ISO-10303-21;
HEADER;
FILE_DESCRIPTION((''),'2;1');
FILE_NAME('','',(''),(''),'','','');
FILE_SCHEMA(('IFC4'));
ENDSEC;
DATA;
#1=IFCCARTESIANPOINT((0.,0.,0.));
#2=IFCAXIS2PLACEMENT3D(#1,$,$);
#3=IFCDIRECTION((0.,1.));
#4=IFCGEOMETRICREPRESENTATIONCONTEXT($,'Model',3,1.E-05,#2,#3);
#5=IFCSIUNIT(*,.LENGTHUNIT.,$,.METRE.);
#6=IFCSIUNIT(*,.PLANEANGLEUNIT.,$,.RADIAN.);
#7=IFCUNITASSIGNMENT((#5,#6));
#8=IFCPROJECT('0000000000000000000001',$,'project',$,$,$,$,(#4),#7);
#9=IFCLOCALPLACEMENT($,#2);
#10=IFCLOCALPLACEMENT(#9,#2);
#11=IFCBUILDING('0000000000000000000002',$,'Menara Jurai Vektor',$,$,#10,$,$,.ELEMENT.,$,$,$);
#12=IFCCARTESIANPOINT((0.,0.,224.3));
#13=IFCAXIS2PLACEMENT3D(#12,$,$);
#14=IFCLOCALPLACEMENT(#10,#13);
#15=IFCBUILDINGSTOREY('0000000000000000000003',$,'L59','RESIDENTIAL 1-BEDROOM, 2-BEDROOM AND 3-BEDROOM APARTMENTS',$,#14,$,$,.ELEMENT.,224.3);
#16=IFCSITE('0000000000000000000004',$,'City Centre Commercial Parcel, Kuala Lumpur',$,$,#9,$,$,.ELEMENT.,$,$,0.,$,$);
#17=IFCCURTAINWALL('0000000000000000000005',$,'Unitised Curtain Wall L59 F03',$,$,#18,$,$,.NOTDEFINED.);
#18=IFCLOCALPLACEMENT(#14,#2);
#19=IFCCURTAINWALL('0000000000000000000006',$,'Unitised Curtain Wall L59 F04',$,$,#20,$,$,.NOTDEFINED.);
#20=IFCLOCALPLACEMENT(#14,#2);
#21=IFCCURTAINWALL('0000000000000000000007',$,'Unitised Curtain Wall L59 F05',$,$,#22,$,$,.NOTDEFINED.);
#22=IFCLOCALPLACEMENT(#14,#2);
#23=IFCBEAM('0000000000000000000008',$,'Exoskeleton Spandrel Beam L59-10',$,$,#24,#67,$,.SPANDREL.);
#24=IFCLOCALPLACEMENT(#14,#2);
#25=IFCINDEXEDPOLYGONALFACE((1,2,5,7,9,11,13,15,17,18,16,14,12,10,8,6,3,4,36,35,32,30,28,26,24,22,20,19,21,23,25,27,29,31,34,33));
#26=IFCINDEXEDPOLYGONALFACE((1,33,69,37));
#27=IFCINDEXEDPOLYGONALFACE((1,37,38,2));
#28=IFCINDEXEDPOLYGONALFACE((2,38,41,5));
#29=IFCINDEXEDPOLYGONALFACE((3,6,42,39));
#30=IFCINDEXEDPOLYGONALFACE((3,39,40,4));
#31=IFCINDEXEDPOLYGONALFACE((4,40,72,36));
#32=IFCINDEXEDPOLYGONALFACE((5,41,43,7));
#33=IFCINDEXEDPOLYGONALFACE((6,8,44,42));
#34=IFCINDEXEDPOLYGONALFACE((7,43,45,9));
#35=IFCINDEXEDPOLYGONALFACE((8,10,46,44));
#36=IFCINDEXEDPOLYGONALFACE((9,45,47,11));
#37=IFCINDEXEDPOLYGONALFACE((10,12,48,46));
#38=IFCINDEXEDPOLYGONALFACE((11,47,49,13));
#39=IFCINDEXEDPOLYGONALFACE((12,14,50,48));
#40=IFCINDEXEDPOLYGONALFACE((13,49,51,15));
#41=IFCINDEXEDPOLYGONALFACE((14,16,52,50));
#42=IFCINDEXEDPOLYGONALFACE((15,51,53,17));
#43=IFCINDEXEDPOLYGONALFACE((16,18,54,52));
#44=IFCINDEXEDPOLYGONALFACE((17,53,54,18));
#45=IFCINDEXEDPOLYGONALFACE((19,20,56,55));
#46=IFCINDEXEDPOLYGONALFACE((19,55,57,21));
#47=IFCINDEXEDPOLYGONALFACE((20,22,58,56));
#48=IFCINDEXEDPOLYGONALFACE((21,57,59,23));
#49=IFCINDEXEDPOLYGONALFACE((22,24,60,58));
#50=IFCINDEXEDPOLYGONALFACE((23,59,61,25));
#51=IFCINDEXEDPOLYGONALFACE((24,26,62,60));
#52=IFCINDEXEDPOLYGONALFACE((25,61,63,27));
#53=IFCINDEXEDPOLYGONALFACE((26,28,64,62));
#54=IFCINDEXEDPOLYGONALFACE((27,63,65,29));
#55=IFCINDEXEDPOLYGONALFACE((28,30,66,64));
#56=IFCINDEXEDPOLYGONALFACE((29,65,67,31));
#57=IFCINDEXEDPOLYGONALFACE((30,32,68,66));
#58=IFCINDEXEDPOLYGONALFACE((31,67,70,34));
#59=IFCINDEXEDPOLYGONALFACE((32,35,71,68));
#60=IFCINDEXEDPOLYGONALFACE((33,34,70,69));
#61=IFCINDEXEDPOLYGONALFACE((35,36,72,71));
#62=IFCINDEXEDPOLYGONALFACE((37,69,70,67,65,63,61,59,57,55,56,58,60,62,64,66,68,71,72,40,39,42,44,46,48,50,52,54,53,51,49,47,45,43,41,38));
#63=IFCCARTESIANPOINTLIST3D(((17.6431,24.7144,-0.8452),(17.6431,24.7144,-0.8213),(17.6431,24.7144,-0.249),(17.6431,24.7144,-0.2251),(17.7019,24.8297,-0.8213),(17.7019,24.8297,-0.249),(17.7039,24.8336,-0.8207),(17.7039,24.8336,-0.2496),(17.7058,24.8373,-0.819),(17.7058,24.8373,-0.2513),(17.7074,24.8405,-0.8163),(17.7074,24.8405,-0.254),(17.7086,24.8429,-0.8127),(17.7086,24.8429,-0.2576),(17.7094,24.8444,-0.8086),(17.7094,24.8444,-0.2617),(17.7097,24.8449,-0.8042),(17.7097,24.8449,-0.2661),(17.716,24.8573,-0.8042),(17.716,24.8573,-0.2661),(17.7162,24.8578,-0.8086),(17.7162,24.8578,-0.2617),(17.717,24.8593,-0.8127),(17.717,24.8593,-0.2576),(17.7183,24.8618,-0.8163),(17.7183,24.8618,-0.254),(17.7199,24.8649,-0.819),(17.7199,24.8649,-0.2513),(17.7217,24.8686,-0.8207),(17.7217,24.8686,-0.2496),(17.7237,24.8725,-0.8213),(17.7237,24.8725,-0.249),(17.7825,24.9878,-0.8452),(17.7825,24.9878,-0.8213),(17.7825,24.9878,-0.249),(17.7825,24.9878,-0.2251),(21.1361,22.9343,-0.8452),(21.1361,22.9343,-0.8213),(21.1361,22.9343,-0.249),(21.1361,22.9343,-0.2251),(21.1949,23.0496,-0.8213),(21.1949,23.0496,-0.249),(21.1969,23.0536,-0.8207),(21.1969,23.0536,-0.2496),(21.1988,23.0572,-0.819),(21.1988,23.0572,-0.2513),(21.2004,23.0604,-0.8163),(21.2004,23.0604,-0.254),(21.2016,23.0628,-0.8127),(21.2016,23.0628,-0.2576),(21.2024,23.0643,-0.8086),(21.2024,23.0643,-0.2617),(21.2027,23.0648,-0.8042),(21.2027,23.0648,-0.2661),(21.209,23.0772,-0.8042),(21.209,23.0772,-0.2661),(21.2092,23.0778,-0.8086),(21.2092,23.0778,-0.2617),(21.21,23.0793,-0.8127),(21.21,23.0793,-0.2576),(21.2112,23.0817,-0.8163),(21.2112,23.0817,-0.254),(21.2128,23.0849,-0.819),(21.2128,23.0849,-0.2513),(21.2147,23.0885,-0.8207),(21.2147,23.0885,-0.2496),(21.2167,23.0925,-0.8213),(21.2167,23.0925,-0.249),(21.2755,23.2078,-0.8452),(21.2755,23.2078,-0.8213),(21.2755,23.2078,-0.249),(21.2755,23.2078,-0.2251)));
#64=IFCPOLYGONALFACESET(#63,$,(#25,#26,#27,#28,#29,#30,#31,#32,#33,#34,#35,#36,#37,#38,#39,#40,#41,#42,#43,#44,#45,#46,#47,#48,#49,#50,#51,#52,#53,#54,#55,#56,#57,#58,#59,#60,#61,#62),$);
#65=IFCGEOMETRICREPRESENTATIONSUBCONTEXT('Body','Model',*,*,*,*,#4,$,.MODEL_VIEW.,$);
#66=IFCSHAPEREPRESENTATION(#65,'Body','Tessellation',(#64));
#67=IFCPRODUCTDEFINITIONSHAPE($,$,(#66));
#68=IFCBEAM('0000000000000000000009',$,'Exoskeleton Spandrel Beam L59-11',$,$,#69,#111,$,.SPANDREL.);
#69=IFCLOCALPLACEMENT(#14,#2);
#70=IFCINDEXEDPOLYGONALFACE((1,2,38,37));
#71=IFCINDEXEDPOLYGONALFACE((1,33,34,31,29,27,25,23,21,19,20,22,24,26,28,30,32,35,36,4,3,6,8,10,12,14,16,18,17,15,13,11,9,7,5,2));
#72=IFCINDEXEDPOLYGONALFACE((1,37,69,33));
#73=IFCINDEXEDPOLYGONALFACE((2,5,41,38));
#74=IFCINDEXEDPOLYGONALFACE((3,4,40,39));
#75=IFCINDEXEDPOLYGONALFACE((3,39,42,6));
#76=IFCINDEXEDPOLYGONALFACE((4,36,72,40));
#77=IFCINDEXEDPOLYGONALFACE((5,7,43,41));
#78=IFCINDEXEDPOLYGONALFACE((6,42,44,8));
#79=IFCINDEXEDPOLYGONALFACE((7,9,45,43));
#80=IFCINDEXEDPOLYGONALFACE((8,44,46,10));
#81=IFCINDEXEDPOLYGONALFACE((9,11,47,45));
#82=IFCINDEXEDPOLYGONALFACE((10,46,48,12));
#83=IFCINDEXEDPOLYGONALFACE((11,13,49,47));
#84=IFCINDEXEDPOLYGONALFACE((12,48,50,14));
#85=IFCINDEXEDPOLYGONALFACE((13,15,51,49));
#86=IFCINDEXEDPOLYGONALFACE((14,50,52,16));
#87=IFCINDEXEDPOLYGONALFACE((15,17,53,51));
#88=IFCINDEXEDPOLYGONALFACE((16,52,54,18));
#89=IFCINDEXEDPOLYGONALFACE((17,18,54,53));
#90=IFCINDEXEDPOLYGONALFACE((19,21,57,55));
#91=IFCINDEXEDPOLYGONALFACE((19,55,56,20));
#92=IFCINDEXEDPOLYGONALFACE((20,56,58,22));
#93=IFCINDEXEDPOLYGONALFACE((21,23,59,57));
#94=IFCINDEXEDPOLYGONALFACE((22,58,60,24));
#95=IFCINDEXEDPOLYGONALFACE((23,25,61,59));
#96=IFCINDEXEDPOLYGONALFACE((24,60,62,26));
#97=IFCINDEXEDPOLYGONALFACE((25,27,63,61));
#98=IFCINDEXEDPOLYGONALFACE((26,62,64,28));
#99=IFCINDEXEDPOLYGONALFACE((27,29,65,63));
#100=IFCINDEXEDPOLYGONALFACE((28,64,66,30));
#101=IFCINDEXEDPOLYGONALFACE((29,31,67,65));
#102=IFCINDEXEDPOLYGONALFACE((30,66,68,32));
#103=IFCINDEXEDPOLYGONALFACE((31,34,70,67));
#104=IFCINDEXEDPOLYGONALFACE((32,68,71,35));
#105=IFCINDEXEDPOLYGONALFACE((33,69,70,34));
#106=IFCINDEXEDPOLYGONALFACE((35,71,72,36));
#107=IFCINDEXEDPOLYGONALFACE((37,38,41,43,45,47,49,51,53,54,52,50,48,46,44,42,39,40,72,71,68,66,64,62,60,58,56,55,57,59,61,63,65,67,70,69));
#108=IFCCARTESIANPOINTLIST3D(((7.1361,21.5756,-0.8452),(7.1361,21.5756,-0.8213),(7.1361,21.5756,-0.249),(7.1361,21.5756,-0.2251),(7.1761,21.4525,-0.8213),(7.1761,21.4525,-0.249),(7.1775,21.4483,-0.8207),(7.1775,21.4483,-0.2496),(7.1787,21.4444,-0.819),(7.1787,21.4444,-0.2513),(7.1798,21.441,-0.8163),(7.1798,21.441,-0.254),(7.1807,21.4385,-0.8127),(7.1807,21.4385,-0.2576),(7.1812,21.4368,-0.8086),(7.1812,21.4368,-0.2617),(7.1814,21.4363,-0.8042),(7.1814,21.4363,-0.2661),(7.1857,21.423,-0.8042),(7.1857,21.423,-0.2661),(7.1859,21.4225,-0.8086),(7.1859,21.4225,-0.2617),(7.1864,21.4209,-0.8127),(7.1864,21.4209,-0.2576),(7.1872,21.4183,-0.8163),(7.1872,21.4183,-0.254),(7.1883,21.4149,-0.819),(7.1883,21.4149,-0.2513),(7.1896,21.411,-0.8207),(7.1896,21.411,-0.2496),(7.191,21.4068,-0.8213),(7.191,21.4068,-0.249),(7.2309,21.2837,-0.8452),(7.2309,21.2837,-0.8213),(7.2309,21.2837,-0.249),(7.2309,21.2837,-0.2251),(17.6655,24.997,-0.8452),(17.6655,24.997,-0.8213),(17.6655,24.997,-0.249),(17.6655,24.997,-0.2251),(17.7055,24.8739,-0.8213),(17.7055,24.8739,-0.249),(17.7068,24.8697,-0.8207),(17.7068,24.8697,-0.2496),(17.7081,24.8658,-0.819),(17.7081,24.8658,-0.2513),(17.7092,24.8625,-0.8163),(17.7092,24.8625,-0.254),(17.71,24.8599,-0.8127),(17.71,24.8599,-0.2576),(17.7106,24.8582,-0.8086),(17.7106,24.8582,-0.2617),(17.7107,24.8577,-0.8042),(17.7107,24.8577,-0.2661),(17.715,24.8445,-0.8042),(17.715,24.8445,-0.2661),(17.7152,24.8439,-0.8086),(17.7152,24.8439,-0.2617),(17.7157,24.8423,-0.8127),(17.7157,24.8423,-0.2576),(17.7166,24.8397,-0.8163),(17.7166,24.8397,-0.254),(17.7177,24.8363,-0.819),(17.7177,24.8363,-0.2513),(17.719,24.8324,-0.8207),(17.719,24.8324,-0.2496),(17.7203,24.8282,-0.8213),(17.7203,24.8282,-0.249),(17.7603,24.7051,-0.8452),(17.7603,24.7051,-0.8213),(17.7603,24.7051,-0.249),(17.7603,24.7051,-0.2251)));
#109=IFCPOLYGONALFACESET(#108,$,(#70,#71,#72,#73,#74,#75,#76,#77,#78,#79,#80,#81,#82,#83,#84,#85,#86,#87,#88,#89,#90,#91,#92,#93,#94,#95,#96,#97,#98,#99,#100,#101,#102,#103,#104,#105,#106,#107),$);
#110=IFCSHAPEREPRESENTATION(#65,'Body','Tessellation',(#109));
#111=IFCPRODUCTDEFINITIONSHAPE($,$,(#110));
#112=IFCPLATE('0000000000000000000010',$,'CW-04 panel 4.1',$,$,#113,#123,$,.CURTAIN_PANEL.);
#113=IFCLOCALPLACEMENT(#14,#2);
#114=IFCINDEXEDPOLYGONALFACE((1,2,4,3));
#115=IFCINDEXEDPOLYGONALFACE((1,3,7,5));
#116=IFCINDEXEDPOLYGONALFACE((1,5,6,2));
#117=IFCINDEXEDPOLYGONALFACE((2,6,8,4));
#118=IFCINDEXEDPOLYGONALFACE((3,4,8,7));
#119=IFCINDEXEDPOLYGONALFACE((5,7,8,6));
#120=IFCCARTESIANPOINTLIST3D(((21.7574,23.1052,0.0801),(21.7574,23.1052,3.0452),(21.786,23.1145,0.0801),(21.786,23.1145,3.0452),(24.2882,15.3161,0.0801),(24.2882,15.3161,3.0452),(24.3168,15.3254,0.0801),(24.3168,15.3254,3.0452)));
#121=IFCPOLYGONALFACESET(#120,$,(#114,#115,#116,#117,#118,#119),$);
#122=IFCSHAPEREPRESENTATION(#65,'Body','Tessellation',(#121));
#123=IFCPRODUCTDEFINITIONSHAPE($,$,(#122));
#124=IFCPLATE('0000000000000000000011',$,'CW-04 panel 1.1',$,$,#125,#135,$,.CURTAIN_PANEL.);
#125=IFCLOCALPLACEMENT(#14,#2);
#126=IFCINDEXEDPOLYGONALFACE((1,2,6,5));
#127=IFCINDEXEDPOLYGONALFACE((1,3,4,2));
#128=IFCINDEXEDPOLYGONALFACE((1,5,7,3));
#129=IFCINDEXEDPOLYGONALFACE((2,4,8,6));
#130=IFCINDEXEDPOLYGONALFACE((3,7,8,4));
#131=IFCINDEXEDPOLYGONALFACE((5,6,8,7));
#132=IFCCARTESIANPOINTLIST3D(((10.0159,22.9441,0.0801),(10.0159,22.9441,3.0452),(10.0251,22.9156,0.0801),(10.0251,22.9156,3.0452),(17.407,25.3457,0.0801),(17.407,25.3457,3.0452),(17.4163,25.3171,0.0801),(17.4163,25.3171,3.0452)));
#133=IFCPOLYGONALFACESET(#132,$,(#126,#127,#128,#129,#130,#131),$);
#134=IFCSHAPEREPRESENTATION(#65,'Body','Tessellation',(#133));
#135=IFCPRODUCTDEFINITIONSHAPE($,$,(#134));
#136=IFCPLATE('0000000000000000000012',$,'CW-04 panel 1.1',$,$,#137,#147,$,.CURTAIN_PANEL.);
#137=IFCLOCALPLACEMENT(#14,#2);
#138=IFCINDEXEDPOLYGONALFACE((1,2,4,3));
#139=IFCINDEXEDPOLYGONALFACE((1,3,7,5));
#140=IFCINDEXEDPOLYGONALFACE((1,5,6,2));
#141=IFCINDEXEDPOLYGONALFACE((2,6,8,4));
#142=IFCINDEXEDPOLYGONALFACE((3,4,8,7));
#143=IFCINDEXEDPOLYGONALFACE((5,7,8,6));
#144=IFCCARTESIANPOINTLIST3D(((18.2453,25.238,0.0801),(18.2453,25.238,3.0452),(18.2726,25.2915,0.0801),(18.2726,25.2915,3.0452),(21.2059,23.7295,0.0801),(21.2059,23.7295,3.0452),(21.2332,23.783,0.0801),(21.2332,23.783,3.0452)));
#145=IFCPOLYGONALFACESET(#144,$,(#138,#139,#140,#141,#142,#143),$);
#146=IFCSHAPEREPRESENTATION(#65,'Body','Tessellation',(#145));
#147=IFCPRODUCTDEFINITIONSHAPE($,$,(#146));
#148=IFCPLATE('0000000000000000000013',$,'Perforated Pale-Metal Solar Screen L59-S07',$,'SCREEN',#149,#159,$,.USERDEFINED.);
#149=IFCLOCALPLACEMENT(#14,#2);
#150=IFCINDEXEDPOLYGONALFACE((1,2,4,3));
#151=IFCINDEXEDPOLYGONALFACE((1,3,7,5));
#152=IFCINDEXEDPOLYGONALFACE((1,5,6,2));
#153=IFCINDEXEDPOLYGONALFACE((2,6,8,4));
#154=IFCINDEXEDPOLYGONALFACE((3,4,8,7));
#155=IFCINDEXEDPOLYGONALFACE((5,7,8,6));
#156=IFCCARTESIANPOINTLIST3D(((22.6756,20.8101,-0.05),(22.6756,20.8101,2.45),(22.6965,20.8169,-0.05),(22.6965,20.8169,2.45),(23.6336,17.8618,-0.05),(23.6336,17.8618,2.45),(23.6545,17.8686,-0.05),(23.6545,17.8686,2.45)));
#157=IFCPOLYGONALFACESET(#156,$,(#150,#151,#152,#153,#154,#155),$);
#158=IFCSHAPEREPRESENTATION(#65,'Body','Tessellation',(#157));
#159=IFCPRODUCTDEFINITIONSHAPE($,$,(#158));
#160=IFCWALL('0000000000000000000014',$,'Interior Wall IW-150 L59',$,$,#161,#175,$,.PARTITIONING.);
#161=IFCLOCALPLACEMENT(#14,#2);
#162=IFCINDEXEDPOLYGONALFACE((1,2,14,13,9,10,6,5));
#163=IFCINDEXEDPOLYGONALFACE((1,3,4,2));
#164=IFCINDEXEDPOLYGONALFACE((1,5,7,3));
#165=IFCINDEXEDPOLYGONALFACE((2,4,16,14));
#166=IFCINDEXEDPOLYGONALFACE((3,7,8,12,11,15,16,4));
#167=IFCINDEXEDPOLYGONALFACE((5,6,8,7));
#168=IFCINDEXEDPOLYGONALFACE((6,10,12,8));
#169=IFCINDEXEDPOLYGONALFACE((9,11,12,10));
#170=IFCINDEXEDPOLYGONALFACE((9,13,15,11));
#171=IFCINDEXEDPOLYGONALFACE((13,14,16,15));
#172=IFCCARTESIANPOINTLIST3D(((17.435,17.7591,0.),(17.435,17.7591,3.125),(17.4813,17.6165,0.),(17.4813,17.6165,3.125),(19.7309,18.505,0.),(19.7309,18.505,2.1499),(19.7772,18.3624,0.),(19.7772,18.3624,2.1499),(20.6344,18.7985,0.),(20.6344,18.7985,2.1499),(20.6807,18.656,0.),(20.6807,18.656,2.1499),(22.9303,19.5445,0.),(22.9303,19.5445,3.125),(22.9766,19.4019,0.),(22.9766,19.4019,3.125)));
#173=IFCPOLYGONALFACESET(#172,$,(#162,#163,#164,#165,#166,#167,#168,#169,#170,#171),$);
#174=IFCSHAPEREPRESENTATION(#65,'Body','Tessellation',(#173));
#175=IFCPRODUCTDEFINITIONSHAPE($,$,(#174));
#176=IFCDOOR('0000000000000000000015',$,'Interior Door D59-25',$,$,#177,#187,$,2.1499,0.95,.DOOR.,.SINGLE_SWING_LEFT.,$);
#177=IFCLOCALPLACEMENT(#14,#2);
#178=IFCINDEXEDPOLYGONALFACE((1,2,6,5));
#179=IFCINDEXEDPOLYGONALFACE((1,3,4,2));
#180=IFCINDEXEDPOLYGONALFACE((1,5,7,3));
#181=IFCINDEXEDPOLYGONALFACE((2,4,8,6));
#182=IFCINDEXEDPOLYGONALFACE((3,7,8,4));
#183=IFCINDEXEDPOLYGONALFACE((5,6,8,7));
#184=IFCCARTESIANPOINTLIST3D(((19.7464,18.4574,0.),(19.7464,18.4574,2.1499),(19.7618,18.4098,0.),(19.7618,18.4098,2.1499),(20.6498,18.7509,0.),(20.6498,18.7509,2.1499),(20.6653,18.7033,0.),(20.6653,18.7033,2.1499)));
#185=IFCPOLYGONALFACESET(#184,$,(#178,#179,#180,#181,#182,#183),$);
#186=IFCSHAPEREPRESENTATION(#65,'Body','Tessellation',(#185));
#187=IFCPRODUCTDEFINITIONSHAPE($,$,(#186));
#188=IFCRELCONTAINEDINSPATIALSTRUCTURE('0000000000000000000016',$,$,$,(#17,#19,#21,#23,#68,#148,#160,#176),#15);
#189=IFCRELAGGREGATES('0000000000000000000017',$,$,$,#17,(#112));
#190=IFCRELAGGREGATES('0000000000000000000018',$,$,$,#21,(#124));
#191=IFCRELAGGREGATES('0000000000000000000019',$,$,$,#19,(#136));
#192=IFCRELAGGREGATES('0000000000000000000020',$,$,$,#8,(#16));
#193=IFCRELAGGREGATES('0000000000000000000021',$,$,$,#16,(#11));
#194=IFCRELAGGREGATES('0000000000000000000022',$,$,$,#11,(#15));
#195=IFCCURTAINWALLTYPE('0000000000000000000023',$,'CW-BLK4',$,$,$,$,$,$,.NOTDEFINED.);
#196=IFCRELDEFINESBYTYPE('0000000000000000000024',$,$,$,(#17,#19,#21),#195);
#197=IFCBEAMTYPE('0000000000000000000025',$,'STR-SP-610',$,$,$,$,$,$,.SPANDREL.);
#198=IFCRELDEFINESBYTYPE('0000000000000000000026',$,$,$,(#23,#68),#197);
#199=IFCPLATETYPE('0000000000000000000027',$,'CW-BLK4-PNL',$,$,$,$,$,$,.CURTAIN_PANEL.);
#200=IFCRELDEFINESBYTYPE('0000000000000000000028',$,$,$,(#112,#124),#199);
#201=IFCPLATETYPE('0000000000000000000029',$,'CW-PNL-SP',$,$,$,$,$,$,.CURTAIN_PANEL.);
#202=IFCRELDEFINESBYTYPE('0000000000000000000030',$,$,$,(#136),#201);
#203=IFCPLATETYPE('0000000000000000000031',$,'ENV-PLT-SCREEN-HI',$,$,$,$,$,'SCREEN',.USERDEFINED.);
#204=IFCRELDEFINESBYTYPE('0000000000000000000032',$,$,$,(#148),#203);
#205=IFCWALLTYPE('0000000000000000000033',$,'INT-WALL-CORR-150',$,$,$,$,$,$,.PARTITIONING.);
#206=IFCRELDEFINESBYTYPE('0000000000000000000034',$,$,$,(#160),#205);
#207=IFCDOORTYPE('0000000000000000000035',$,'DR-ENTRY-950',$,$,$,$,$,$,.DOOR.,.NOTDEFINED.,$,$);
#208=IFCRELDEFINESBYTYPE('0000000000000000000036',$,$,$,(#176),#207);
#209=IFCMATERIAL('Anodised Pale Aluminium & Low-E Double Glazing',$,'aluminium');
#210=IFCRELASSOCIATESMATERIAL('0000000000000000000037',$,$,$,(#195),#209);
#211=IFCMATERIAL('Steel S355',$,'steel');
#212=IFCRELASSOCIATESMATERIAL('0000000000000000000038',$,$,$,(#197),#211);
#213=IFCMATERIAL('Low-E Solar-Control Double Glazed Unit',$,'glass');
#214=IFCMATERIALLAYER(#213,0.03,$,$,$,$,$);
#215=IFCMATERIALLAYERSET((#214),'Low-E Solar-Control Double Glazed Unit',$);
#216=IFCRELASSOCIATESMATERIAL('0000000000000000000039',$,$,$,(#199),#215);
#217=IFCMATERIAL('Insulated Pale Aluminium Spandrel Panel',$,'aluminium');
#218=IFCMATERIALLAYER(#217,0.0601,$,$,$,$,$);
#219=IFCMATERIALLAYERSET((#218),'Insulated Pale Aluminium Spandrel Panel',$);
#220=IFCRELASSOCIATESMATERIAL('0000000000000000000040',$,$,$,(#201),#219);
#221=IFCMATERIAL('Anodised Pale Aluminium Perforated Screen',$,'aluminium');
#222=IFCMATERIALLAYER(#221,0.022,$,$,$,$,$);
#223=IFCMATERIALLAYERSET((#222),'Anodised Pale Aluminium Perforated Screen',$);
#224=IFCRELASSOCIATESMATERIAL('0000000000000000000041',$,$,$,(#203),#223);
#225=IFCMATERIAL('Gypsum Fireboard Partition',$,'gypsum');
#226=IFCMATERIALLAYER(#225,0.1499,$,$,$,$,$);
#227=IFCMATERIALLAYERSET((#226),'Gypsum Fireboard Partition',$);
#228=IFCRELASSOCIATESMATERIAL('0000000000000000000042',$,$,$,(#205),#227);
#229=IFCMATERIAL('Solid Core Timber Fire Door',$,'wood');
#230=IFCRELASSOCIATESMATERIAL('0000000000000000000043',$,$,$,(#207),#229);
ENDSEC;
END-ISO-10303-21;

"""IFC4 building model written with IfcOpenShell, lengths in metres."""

from ifc_helpers import new_model, si_unit, direction, frame, frame_2d, origin, origin_2d, place, context, subcontext, project, spatial, rectangle, i_section, extrude, material, layer, layer_set, material_profile, profile_set, type_object, element, fill, aggregate, save


model = new_model("IFC4")

# Units and contexts
model_context = context("Model", 3, precision=1e-05, world=origin(), true_north=direction((0.0, 1.0)))
body_context = subcontext(model_context, "Body", "Model", "MODEL_VIEW")
ifc_project = project(units=[si_unit("LENGTHUNIT", "METRE"), si_unit("PLANEANGLEUNIT", "RADIAN")], contexts=[model_context])

# Site, building, storey
site_placement = place(None, origin())
site = spatial("IfcSite", under=ifc_project, at=site_placement, Name="City Centre Commercial Parcel, Kuala Lumpur", CompositionType="ELEMENT", RefElevation=0.0)
building_placement = place(site_placement, origin())
building = spatial("IfcBuilding", under=site, at=building_placement, Name="Menara Jurai Vektor", CompositionType="ELEMENT")
storey_placement = place(building_placement, frame((0.0, 0.0, 224.3)))
storey = spatial("IfcBuildingStorey", under=building, at=storey_placement, Name="L59", Description="RESIDENTIAL 1-BEDROOM, 2-BEDROOM AND 3-BEDROOM APARTMENTS", CompositionType="ELEMENT", Elevation=224.3)

# Curtain wall
ifc_material_1 = material(Name="Anodised Pale Aluminium & Low-E Double Glazing", Category="aluminium")
curtain_wall_type = type_object("IfcCurtainWallType", Name="CW-BLK4", PredefinedType="NOTDEFINED", material=ifc_material_1)
curtain_wall_1_placement = place(storey_placement, origin())
curtain_wall_1 = element("IfcCurtainWall", 1, at=curtain_wall_1_placement, inside=storey, type_object=curtain_wall_type, Name="Unitised Curtain Wall L59 F03", PredefinedType="NOTDEFINED")

# Curtain wall
curtain_wall_2_placement = place(storey_placement, origin())
curtain_wall_2 = element("IfcCurtainWall", 2, at=curtain_wall_2_placement, inside=storey, type_object=curtain_wall_type, Name="Unitised Curtain Wall L59 F04", PredefinedType="NOTDEFINED")

# Curtain wall
curtain_wall_3_placement = place(storey_placement, origin())
curtain_wall_3 = element("IfcCurtainWall", 3, at=curtain_wall_3_placement, inside=storey, type_object=curtain_wall_type, Name="Unitised Curtain Wall L59 F05", PredefinedType="NOTDEFINED")

# Shared definitions
ifc_material_2 = material(Name="Steel S355", Category="steel")

# Beams
ifc_material_profile_1 = material_profile(ifc_material_2, i_section(OverallWidth=0.3069, OverallDepth=0.6201, WebThickness=0.0139, FlangeThickness=0.0239, FilletRadius=0.0171, at=origin_2d()), Name="UKB 610x305x179")
ifc_profile_set_1 = profile_set([ifc_material_profile_1], Name="Steel S355")
beam_type_1 = type_object("IfcBeamType", Name="STR-SP-610", PredefinedType="SPANDREL", material=ifc_profile_set_1)
beam_1_placement = place(storey_placement, frame((21.2058, 23.071, -0.5352), z_axis=(-0.890976, 0.454051, 0.0), x_axis=(-0.454051, -0.890976, 0.0)))
element("IfcBeam", 4, at=beam_1_placement, inside=storey, type_object=beam_type_1, Name="Exoskeleton Spandrel Beam L59-10", PredefinedType="SPANDREL", context=body_context, shape_type="SweptSolid", body=[
    extrude(i_section(OverallWidth=0.3069, OverallDepth=0.6201, WebThickness=0.0139, FlangeThickness=0.0239, FilletRadius=0.0171, at=origin_2d()), origin(), (0.0, 0.0, 1.0), 3.9204),
])
beam_2_placement = place(storey_placement, frame((17.7129, 24.8511, -0.5352), z_axis=(-0.951051, -0.309034, 0.0), x_axis=(0.309034, -0.951051, 0.0)))
element("IfcBeam", 5, at=beam_2_placement, inside=storey, type_object=beam_type_1, Name="Exoskeleton Spandrel Beam L59-11", PredefinedType="SPANDREL", context=body_context, shape_type="SweptSolid", body=[
    extrude(i_section(OverallWidth=0.3069, OverallDepth=0.6201, WebThickness=0.0139, FlangeThickness=0.0239, FilletRadius=0.0171, at=origin_2d()), origin(), (0.0, 0.0, 1.0), 11.0713),
])

# Plates
ifc_material_3 = material(Name="Low-E Solar-Control Double Glazed Unit", Category="glass")
ifc_layer_1 = layer(ifc_material_3, 0.03)
ifc_layer_set_1 = layer_set([ifc_layer_1], Name="Low-E Solar-Control Double Glazed Unit")
plate_type_1 = type_object("IfcPlateType", Name="CW-BLK4-PNL", PredefinedType="CURTAIN_PANEL", material=ifc_layer_set_1)
plate_1_placement = place(storey_placement, frame((23.0371, 19.2153, 0.0801), z_axis=(0.0, 0.0, 1.0), x_axis=(-0.309016, 0.951057, 0.0)))
plate_1 = element("IfcPlate", 6, at=plate_1_placement, type_object=plate_type_1, Name="CW-04 panel 4.1", PredefinedType="CURTAIN_PANEL", context=body_context, shape_type="SweptSolid", body=[
    extrude(rectangle(XDim=8.1899, YDim=0.03, at=origin_2d()), origin(), (0.0, 0.0, 1.0), 2.9651),
])
aggregate(curtain_wall_1, [plate_1])
plate_2_placement = place(storey_placement, frame((13.7161, 24.1306, 0.0801), z_axis=(0.0, 0.0, 1.0), x_axis=(-0.951056, -0.309017, 0.0)))
plate_2 = element("IfcPlate", 7, at=plate_2_placement, type_object=plate_type_1, Name="CW-04 panel 1.1", PredefinedType="CURTAIN_PANEL", context=body_context, shape_type="SweptSolid", body=[
    extrude(rectangle(XDim=7.7715, YDim=0.03, at=origin_2d()), origin(), (0.0, 0.0, 1.0), 2.9651),
])
aggregate(curtain_wall_3, [plate_2])
ifc_material_4 = material(Name="Insulated Pale Aluminium Spandrel Panel", Category="aluminium")
ifc_layer_2 = layer(ifc_material_4, 0.0601)
ifc_layer_set_2 = layer_set([ifc_layer_2], Name="Insulated Pale Aluminium Spandrel Panel")
plate_type_2 = type_object("IfcPlateType", Name="CW-PNL-SP", PredefinedType="CURTAIN_PANEL", material=ifc_layer_set_2)
plate_3_placement = place(storey_placement, frame((19.7393, 24.5105, 0.0801), z_axis=(0.0, 0.0, 1.0), x_axis=(-0.891008, 0.453989, 0.0)))
plate_3 = element("IfcPlate", 8, at=plate_3_placement, type_object=plate_type_2, Name="CW-04 panel 1.1", PredefinedType="CURTAIN_PANEL", context=body_context, shape_type="SweptSolid", body=[
    extrude(rectangle(XDim=3.3228, YDim=0.0601, at=origin_2d()), origin(), (0.0, 0.0, 1.0), 2.9651),
])
aggregate(curtain_wall_2, [plate_3])
ifc_material_5 = material(Name="Anodised Pale Aluminium Perforated Screen", Category="aluminium")
ifc_layer_3 = layer(ifc_material_5, 0.022)
ifc_layer_set_3 = layer_set([ifc_layer_3], Name="Anodised Pale Aluminium Perforated Screen")
plate_type_3 = type_object("IfcPlateType", Name="ENV-PLT-SCREEN-HI", ElementType="SCREEN", PredefinedType="USERDEFINED", material=ifc_layer_set_3)
plate_4_placement = place(storey_placement, frame((23.165, 19.3394, -0.05), z_axis=(0.0, 0.0, 1.0), x_axis=(-0.309017, 0.951057, 0.0)))
element("IfcPlate", 9, at=plate_4_placement, inside=storey, type_object=plate_type_3, Name="Perforated Pale-Metal Solar Screen L59-S07", ObjectType="SCREEN", PredefinedType="USERDEFINED", context=body_context, shape_type="SweptSolid", body=[
    extrude(rectangle(XDim=3.1001, YDim=0.022, at=origin_2d()), origin(), (0.0, 0.0, 1.0), 2.5),
])

# Wall, opening, door
ifc_material_6 = material(Name="Gypsum Fireboard Partition", Category="gypsum")
ifc_layer_4 = layer(ifc_material_6, 0.1499)
ifc_layer_set_4 = layer_set([ifc_layer_4], Name="Gypsum Fireboard Partition")
wall_type_1 = type_object("IfcWallType", Name="INT-WALL-CORR-150", PredefinedType="PARTITIONING", material=ifc_layer_set_4)
wall_1_placement = place(storey_placement, frame((17.458, 17.6877, 0.0), z_axis=(0.0, 0.0, 1.0), x_axis=(0.951064, 0.308993, 0.0)))
wall_1 = element("IfcWall", 10, at=wall_1_placement, inside=storey, type_object=wall_type_1, Name="Interior Wall IW-150 L59", PredefinedType="PARTITIONING", context=body_context, shape_type="SweptSolid", body=[
    extrude(rectangle(XDim=5.7781, YDim=0.1499, at=frame_2d((2.8892, 0.0))), origin(), (0.0, 0.0, 1.0), 3.125),
])
opening_1_placement = place(wall_1_placement, frame((2.4141, 0.0, 0.0)))
opening_1 = element("IfcOpeningElement", 11, at=opening_1_placement, cuts=wall_1, PredefinedType="OPENING", context=body_context, shape_type="SweptSolid", body=[
    extrude(rectangle(XDim=0.95, YDim=2.1499, at=frame_2d((0.4751, 1.075))), frame((0.0, 0.085, 0.0), z_axis=(0.0, -1.0, 0.0), x_axis=(1.0, 0.0, 0.0)), (0.0, 0.0, 1.0), 0.1699),
])
ifc_material_7 = material(Name="Solid Core Timber Fire Door", Category="wood")
door_type_1 = type_object("IfcDoorType", Name="DR-ENTRY-950", OperationType="NOTDEFINED", PredefinedType="DOOR", material=ifc_material_7)
door_1_placement = place(opening_1_placement, origin())
door_1 = element("IfcDoor", 12, at=door_1_placement, inside=storey, type_object=door_type_1, Name="Interior Door D59-25", OperationType="SINGLE_SWING_LEFT", OverallHeight=2.1499, OverallWidth=0.95, PredefinedType="DOOR", context=body_context, shape_type="SweptSolid", body=[
    extrude(rectangle(XDim=0.95, YDim=2.1499, at=frame_2d((0.4751, 1.075))), frame((0.0, 0.0249, 0.0), z_axis=(0.0, -1.0, 0.0), x_axis=(1.0, 0.0, 0.0)), (0.0, 0.0, 1.0), 0.05),
])
fill(opening_1, door_1)

save(model, "model.ifc")
